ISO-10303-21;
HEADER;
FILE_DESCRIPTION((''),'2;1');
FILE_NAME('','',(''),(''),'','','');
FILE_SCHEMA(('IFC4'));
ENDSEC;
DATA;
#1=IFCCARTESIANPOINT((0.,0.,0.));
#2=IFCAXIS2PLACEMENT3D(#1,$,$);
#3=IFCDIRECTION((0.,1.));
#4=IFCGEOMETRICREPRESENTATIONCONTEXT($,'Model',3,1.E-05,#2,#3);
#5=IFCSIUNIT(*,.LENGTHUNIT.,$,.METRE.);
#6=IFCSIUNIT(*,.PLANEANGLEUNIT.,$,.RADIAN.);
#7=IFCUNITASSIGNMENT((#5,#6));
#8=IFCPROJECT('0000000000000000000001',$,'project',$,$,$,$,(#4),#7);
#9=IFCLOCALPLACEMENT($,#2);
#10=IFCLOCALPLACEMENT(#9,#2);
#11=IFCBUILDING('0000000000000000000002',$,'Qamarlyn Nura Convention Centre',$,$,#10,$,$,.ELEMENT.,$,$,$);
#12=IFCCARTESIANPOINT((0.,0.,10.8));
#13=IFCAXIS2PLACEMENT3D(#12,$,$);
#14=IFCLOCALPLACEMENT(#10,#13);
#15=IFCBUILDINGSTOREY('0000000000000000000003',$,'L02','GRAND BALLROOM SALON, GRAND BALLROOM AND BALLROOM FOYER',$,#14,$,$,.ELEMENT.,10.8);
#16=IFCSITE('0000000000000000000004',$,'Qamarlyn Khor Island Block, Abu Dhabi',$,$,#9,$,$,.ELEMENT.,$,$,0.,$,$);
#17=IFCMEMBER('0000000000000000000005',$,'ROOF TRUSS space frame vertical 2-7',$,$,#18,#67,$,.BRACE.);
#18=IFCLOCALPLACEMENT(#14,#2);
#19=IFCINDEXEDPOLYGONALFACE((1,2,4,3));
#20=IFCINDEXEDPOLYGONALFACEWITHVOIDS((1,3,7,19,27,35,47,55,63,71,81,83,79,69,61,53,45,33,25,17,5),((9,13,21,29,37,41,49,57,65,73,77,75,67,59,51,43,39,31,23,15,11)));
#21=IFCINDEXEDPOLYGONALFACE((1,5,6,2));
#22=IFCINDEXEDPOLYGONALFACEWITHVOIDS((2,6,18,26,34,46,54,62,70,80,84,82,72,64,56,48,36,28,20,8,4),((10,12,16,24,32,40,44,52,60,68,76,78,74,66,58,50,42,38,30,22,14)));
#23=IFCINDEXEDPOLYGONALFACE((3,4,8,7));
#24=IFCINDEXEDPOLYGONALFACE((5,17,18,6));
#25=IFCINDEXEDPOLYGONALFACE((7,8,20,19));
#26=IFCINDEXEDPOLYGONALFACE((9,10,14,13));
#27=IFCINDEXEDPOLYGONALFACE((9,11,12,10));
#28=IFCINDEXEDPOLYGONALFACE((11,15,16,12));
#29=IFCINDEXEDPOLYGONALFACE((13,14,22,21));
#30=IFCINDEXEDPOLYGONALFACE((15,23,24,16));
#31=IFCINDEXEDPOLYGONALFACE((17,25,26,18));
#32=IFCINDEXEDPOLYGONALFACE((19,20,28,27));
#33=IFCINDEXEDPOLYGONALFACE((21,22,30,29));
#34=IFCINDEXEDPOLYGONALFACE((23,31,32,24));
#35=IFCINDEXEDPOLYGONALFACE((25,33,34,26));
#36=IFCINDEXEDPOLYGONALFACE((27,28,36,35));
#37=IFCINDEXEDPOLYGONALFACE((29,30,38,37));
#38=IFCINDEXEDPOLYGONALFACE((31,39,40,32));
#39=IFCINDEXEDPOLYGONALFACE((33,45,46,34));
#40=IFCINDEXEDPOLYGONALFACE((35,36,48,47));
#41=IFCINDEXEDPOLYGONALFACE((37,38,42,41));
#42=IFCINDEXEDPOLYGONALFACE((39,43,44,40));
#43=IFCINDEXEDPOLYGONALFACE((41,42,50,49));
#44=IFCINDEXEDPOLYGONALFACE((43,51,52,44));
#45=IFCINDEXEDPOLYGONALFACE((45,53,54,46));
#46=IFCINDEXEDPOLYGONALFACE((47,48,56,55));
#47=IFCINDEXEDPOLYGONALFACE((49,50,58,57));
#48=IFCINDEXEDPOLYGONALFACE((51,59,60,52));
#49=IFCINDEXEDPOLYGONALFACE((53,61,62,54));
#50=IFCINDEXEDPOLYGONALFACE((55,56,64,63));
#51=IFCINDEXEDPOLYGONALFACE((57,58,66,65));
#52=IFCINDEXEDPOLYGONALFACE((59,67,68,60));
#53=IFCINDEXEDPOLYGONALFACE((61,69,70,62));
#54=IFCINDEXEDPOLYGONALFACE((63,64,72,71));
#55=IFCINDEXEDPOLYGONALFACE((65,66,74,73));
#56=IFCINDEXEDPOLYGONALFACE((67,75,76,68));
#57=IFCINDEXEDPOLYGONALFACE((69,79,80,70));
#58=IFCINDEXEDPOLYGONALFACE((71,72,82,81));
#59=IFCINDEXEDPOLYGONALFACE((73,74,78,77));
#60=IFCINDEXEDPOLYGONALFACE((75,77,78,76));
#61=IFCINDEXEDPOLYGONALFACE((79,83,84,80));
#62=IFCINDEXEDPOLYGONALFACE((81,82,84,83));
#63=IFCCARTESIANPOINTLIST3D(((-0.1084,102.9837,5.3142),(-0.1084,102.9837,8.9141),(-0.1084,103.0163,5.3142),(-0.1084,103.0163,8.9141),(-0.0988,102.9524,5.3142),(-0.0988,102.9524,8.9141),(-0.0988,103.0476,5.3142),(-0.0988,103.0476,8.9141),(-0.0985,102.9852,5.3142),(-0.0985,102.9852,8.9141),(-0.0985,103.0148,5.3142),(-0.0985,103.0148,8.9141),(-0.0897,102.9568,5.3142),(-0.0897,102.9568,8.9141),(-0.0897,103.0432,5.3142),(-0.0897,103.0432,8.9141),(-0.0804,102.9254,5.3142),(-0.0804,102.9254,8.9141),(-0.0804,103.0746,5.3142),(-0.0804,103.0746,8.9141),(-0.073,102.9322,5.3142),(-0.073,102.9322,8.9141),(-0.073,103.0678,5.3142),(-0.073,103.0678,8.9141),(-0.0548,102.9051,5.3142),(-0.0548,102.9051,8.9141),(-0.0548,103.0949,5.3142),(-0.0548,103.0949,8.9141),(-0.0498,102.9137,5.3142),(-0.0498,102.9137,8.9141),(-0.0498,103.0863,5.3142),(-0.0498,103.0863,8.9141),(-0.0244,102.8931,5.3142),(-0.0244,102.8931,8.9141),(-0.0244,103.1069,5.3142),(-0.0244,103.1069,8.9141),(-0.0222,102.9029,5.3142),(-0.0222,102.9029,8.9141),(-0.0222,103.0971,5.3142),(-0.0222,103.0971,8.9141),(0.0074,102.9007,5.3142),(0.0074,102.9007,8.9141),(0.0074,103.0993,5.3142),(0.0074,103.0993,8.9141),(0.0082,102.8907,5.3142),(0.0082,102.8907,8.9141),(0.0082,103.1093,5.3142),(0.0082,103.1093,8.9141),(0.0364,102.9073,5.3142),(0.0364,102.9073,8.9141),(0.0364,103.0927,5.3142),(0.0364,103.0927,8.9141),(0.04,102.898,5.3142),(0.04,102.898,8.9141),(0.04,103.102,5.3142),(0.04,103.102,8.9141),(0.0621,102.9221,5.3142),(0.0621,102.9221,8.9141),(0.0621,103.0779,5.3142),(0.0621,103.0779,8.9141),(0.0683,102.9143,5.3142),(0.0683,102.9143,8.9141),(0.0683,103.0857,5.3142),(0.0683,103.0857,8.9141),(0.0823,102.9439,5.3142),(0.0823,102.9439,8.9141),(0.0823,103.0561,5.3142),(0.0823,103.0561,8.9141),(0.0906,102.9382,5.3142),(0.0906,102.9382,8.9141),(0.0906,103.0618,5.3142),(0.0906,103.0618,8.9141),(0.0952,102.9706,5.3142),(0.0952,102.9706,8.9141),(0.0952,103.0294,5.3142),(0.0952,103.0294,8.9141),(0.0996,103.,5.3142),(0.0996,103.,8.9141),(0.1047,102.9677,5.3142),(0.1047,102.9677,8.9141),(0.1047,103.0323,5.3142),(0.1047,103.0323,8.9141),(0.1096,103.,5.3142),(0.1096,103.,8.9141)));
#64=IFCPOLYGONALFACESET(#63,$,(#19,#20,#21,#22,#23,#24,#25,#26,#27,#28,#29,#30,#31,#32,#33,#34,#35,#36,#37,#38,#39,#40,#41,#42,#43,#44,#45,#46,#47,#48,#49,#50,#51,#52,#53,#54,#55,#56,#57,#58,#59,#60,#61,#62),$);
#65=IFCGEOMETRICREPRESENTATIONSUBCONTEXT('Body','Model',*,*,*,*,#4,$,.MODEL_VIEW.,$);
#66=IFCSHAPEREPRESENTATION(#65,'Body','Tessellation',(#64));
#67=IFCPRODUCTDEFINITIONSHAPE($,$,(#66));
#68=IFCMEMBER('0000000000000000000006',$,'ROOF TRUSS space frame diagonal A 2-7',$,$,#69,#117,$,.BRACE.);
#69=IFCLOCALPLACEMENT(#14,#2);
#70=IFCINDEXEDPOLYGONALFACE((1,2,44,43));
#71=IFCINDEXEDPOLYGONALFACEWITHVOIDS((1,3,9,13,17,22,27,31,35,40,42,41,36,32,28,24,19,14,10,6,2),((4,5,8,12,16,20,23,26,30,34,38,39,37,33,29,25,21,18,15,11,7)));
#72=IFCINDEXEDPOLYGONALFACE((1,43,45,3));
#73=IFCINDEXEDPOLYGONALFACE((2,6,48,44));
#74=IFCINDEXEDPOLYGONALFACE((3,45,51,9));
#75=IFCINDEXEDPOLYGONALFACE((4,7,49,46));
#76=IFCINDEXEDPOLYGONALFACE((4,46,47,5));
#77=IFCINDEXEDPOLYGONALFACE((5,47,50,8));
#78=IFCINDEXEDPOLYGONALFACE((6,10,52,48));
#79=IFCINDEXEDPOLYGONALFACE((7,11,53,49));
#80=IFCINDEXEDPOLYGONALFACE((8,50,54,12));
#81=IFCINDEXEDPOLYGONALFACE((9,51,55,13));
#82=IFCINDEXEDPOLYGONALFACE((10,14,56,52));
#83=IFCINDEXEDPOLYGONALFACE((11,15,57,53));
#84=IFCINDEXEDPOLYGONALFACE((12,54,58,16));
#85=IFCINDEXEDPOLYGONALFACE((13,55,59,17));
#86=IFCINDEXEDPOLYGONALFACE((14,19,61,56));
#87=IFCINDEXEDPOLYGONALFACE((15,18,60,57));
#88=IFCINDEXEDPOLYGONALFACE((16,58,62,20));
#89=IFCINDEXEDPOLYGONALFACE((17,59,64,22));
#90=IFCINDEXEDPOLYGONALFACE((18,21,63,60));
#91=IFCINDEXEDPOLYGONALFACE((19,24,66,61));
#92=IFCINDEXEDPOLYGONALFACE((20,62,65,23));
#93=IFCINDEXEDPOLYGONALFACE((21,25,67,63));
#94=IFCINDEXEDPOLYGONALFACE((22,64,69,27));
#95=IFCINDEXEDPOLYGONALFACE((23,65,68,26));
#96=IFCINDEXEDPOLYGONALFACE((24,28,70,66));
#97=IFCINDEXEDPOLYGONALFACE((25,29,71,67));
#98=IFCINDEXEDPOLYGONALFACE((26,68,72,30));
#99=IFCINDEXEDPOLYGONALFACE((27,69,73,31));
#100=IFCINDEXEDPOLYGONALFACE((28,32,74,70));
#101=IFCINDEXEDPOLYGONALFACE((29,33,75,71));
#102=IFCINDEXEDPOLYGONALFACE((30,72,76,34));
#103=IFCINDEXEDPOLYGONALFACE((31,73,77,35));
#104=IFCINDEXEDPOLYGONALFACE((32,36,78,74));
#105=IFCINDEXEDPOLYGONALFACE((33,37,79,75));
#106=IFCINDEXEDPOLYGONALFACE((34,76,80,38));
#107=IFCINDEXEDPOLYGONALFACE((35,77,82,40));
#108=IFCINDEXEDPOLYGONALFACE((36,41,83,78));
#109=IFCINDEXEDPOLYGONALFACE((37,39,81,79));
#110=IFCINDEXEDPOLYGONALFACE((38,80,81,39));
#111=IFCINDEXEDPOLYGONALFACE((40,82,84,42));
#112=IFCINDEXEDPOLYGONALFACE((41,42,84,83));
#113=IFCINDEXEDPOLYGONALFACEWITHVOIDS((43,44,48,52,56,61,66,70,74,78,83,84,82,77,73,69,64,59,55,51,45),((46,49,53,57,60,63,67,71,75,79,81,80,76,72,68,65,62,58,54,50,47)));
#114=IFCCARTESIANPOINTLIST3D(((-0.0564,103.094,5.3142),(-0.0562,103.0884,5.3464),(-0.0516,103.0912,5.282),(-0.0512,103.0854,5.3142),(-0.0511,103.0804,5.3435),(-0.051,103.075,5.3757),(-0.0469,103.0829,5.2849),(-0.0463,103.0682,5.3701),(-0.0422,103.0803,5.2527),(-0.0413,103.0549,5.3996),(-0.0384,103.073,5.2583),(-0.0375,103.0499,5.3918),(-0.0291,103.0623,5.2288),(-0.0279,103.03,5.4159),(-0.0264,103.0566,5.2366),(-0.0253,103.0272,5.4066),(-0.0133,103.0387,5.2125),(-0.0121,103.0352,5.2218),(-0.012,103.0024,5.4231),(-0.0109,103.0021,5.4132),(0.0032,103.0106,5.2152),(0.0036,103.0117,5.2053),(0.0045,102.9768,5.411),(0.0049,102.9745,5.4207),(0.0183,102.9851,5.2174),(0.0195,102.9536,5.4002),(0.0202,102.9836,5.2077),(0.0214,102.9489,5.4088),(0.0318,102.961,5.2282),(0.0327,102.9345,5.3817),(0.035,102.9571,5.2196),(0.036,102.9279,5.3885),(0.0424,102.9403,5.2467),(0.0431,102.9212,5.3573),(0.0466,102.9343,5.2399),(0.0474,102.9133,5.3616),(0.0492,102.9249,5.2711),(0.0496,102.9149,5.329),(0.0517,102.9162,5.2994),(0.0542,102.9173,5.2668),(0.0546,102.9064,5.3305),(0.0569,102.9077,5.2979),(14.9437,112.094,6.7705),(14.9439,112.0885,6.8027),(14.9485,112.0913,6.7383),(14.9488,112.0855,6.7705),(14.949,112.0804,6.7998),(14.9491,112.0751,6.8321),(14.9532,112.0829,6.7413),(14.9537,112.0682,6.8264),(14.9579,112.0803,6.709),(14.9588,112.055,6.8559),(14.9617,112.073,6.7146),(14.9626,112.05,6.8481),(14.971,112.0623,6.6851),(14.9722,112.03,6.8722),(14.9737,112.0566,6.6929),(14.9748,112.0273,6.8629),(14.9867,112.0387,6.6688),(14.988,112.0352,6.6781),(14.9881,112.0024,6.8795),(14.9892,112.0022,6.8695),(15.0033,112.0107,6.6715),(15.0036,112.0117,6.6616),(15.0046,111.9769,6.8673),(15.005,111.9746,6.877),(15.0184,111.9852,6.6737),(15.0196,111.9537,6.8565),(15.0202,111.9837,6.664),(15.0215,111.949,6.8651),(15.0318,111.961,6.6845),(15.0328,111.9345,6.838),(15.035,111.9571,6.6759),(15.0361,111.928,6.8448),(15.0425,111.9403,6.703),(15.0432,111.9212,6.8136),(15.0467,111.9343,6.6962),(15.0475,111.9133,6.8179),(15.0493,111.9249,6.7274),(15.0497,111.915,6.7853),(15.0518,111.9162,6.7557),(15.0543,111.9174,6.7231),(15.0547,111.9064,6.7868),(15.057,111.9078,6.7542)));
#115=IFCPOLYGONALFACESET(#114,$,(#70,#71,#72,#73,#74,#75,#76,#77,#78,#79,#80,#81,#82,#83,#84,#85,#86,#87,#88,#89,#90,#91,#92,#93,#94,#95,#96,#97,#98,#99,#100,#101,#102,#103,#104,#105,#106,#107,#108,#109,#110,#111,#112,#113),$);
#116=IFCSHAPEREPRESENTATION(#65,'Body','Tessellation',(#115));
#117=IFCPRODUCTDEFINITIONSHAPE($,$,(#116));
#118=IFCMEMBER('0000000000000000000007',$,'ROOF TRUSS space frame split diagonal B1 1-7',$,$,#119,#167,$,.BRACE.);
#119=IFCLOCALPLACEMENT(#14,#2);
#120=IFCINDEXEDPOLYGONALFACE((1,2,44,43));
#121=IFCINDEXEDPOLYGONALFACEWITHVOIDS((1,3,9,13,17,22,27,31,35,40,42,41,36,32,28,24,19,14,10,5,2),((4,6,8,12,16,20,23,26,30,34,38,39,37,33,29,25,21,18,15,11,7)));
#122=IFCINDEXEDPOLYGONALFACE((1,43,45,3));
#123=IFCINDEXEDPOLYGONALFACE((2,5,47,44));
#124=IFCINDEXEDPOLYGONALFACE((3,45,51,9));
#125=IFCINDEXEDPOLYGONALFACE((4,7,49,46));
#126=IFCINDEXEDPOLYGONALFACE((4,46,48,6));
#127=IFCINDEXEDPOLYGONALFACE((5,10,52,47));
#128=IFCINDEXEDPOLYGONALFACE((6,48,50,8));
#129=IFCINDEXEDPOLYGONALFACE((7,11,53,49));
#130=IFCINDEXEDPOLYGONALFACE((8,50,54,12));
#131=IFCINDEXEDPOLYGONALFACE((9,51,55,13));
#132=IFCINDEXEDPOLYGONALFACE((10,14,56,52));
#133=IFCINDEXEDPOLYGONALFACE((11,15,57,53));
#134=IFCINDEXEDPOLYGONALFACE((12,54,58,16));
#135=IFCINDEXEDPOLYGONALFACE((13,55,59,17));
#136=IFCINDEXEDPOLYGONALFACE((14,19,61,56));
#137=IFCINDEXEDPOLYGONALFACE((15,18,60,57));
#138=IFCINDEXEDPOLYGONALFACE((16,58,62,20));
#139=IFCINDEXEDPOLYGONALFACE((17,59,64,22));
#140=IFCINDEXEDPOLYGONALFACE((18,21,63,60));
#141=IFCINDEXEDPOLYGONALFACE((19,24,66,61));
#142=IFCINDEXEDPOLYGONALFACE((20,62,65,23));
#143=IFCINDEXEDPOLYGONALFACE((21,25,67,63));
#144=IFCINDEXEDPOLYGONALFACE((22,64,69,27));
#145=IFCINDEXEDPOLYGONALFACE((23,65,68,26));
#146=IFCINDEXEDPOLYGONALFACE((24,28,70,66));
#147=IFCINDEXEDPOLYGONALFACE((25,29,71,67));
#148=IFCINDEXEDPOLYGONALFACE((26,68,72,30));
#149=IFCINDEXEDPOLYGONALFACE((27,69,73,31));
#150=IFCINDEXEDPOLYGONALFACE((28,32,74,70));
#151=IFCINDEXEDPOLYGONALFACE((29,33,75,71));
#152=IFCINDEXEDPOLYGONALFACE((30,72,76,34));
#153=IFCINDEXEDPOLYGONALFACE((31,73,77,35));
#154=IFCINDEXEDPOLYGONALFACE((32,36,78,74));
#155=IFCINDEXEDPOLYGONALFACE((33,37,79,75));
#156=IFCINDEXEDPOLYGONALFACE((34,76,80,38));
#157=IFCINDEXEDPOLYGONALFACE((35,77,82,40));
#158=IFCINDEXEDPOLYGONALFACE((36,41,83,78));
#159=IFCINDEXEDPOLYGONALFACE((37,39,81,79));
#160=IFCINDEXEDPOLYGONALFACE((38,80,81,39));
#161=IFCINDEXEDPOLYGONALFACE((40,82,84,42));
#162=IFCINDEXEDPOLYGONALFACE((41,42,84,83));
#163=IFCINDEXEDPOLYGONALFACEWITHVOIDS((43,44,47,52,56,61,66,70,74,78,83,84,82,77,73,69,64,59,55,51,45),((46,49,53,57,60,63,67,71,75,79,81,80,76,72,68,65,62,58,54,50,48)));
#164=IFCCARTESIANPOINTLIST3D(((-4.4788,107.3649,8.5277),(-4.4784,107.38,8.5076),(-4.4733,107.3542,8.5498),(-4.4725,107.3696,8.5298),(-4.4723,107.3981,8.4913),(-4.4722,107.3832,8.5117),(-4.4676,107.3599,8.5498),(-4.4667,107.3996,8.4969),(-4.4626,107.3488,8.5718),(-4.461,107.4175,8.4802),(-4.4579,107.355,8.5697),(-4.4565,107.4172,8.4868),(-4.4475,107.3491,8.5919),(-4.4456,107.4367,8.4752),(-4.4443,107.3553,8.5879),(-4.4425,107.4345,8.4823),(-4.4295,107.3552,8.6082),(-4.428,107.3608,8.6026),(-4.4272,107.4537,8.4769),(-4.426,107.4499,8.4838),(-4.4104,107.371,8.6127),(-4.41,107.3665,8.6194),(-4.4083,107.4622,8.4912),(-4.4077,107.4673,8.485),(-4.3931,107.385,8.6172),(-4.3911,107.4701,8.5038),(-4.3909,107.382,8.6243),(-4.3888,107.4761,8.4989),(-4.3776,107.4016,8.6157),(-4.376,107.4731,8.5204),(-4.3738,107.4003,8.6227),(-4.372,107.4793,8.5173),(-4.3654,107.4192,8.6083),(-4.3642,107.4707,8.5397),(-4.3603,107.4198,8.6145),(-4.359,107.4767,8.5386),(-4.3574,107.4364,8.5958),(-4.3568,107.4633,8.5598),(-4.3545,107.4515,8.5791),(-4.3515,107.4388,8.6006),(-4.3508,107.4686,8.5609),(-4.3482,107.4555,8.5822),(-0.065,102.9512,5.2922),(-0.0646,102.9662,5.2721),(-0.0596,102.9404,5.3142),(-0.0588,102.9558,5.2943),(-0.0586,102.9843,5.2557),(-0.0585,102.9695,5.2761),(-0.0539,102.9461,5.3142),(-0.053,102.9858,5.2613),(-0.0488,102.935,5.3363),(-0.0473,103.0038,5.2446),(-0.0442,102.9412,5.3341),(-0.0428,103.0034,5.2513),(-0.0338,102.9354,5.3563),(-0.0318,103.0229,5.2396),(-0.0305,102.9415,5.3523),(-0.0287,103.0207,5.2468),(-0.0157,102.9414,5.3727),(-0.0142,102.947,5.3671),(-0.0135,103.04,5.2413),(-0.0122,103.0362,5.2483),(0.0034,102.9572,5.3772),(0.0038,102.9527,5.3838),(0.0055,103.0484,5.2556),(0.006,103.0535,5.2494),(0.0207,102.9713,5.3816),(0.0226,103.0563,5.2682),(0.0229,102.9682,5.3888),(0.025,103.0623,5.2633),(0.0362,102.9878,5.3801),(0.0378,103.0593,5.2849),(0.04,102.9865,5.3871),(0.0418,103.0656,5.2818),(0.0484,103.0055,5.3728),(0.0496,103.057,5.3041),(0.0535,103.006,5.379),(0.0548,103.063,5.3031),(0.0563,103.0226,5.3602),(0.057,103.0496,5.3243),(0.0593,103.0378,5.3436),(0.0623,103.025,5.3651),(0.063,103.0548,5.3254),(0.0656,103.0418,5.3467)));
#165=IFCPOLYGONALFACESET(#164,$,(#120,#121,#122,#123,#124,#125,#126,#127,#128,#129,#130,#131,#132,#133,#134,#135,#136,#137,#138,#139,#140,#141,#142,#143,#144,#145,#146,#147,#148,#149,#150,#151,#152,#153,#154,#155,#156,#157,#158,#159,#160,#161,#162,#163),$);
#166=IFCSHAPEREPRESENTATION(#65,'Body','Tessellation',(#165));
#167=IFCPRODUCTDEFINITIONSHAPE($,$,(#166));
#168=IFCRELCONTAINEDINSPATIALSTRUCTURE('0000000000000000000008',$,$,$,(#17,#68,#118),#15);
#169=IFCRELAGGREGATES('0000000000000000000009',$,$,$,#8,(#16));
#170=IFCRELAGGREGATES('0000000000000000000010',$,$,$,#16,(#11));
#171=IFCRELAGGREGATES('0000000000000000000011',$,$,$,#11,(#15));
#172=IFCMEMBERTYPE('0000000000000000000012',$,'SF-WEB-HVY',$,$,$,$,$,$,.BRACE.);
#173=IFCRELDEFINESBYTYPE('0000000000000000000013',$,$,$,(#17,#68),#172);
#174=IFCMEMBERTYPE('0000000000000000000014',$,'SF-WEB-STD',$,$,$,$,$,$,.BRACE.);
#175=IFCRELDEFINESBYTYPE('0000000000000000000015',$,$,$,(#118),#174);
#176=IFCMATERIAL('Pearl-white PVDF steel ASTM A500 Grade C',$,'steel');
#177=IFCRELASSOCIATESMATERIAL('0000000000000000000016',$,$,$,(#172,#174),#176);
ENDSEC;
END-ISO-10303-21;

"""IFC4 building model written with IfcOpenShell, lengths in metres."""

from ifc_helpers import new_model, si_unit, direction, frame, origin, origin_2d, place, context, subcontext, project, spatial, hollow_circle, extrude, material, material_profile, profile_set, type_object, element, save


model = new_model("IFC4")

# Units and contexts
model_context = context("Model", 3, precision=1e-05, world=origin(), true_north=direction((0.0, 1.0)))
body_context = subcontext(model_context, "Body", "Model", "MODEL_VIEW")
ifc_project = project(units=[si_unit("LENGTHUNIT", "METRE"), si_unit("PLANEANGLEUNIT", "RADIAN")], contexts=[model_context])

# Site, building, storey
site_placement = place(None, origin())
site = spatial("IfcSite", under=ifc_project, at=site_placement, Name="Qamarlyn Khor Island Block, Abu Dhabi", CompositionType="ELEMENT", RefElevation=0.0)
building_placement = place(site_placement, origin())
building = spatial("IfcBuilding", under=site, at=building_placement, Name="Qamarlyn Nura Convention Centre", CompositionType="ELEMENT")
storey_placement = place(building_placement, frame((0.0, 0.0, 10.8)))
storey = spatial("IfcBuildingStorey", under=building, at=storey_placement, Name="L02", Description="GRAND BALLROOM SALON, GRAND BALLROOM AND BALLROOM FOYER", CompositionType="ELEMENT", Elevation=10.8)

# Members
ifc_material_1 = material(Name="Pearl-white PVDF steel ASTM A500 Grade C", Category="steel")
ifc_material_profile_1 = material_profile(ifc_material_1, hollow_circle(Radius=0.1096, WallThickness=0.01, at=origin_2d()), Name="CHS219.1X10")
ifc_profile_set_1 = profile_set([ifc_material_profile_1], Name="Pearl-white PVDF steel ASTM A500 Grade C")
member_type_1 = type_object("IfcMemberType", Name="SF-WEB-HVY", PredefinedType="BRACE", material=ifc_profile_set_1)
member_1_placement = place(storey_placement, frame((0.0, 103.0, 5.3142), z_axis=(0.0, 0.0, 1.0), x_axis=(1.0, 0.0, 0.0)))
element("IfcMember", 1, at=member_1_placement, inside=storey, type_object=member_type_1, Name="ROOF TRUSS space frame vertical 2-7", PredefinedType="BRACE", context=body_context, shape_type="SweptSolid", body=[
    extrude(hollow_circle(Radius=0.1096, WallThickness=0.01, at=origin_2d()), origin(), (0.0, 0.0, 1.0), 3.5999),
])
member_2_placement = place(storey_placement, frame((0.0, 103.0, 5.3142), z_axis=(0.854537, 0.512722, 0.082964), x_axis=(-0.514496, 0.857493, 0.0)))
element("IfcMember", 2, at=member_2_placement, inside=storey, type_object=member_type_1, Name="ROOF TRUSS space frame diagonal A 2-7", PredefinedType="BRACE", context=body_context, shape_type="SweptSolid", body=[
    extrude(hollow_circle(Radius=0.1096, WallThickness=0.01, at=origin_2d()), origin(), (0.0, 0.0, 1.0), 17.5535),
])
ifc_material_profile_2 = material_profile(ifc_material_1, hollow_circle(Radius=0.0842, WallThickness=0.0081, at=origin_2d()), Name="CHS168.3X8")
ifc_profile_set_2 = profile_set([ifc_material_profile_2], Name="Pearl-white PVDF steel ASTM A500 Grade C")
member_type_2 = type_object("IfcMemberType", Name="SF-WEB-STD", PredefinedType="BRACE", material=ifc_profile_set_2)
member_3_placement = place(storey_placement, frame((0.0, 103.0, 5.3142), z_axis=(-0.62778, 0.62778, 0.460201), x_axis=(-0.707107, -0.707107, 0.0)))
element("IfcMember", 3, at=member_3_placement, inside=storey, type_object=member_type_2, Name="ROOF TRUSS space frame split diagonal B1 1-7", PredefinedType="BRACE", context=body_context, shape_type="SweptSolid", body=[
    extrude(hollow_circle(Radius=0.0842, WallThickness=0.0081, at=origin_2d()), origin(), (0.0, 0.0, 1.0), 7.0308),
])

save(model, "model.ifc")
